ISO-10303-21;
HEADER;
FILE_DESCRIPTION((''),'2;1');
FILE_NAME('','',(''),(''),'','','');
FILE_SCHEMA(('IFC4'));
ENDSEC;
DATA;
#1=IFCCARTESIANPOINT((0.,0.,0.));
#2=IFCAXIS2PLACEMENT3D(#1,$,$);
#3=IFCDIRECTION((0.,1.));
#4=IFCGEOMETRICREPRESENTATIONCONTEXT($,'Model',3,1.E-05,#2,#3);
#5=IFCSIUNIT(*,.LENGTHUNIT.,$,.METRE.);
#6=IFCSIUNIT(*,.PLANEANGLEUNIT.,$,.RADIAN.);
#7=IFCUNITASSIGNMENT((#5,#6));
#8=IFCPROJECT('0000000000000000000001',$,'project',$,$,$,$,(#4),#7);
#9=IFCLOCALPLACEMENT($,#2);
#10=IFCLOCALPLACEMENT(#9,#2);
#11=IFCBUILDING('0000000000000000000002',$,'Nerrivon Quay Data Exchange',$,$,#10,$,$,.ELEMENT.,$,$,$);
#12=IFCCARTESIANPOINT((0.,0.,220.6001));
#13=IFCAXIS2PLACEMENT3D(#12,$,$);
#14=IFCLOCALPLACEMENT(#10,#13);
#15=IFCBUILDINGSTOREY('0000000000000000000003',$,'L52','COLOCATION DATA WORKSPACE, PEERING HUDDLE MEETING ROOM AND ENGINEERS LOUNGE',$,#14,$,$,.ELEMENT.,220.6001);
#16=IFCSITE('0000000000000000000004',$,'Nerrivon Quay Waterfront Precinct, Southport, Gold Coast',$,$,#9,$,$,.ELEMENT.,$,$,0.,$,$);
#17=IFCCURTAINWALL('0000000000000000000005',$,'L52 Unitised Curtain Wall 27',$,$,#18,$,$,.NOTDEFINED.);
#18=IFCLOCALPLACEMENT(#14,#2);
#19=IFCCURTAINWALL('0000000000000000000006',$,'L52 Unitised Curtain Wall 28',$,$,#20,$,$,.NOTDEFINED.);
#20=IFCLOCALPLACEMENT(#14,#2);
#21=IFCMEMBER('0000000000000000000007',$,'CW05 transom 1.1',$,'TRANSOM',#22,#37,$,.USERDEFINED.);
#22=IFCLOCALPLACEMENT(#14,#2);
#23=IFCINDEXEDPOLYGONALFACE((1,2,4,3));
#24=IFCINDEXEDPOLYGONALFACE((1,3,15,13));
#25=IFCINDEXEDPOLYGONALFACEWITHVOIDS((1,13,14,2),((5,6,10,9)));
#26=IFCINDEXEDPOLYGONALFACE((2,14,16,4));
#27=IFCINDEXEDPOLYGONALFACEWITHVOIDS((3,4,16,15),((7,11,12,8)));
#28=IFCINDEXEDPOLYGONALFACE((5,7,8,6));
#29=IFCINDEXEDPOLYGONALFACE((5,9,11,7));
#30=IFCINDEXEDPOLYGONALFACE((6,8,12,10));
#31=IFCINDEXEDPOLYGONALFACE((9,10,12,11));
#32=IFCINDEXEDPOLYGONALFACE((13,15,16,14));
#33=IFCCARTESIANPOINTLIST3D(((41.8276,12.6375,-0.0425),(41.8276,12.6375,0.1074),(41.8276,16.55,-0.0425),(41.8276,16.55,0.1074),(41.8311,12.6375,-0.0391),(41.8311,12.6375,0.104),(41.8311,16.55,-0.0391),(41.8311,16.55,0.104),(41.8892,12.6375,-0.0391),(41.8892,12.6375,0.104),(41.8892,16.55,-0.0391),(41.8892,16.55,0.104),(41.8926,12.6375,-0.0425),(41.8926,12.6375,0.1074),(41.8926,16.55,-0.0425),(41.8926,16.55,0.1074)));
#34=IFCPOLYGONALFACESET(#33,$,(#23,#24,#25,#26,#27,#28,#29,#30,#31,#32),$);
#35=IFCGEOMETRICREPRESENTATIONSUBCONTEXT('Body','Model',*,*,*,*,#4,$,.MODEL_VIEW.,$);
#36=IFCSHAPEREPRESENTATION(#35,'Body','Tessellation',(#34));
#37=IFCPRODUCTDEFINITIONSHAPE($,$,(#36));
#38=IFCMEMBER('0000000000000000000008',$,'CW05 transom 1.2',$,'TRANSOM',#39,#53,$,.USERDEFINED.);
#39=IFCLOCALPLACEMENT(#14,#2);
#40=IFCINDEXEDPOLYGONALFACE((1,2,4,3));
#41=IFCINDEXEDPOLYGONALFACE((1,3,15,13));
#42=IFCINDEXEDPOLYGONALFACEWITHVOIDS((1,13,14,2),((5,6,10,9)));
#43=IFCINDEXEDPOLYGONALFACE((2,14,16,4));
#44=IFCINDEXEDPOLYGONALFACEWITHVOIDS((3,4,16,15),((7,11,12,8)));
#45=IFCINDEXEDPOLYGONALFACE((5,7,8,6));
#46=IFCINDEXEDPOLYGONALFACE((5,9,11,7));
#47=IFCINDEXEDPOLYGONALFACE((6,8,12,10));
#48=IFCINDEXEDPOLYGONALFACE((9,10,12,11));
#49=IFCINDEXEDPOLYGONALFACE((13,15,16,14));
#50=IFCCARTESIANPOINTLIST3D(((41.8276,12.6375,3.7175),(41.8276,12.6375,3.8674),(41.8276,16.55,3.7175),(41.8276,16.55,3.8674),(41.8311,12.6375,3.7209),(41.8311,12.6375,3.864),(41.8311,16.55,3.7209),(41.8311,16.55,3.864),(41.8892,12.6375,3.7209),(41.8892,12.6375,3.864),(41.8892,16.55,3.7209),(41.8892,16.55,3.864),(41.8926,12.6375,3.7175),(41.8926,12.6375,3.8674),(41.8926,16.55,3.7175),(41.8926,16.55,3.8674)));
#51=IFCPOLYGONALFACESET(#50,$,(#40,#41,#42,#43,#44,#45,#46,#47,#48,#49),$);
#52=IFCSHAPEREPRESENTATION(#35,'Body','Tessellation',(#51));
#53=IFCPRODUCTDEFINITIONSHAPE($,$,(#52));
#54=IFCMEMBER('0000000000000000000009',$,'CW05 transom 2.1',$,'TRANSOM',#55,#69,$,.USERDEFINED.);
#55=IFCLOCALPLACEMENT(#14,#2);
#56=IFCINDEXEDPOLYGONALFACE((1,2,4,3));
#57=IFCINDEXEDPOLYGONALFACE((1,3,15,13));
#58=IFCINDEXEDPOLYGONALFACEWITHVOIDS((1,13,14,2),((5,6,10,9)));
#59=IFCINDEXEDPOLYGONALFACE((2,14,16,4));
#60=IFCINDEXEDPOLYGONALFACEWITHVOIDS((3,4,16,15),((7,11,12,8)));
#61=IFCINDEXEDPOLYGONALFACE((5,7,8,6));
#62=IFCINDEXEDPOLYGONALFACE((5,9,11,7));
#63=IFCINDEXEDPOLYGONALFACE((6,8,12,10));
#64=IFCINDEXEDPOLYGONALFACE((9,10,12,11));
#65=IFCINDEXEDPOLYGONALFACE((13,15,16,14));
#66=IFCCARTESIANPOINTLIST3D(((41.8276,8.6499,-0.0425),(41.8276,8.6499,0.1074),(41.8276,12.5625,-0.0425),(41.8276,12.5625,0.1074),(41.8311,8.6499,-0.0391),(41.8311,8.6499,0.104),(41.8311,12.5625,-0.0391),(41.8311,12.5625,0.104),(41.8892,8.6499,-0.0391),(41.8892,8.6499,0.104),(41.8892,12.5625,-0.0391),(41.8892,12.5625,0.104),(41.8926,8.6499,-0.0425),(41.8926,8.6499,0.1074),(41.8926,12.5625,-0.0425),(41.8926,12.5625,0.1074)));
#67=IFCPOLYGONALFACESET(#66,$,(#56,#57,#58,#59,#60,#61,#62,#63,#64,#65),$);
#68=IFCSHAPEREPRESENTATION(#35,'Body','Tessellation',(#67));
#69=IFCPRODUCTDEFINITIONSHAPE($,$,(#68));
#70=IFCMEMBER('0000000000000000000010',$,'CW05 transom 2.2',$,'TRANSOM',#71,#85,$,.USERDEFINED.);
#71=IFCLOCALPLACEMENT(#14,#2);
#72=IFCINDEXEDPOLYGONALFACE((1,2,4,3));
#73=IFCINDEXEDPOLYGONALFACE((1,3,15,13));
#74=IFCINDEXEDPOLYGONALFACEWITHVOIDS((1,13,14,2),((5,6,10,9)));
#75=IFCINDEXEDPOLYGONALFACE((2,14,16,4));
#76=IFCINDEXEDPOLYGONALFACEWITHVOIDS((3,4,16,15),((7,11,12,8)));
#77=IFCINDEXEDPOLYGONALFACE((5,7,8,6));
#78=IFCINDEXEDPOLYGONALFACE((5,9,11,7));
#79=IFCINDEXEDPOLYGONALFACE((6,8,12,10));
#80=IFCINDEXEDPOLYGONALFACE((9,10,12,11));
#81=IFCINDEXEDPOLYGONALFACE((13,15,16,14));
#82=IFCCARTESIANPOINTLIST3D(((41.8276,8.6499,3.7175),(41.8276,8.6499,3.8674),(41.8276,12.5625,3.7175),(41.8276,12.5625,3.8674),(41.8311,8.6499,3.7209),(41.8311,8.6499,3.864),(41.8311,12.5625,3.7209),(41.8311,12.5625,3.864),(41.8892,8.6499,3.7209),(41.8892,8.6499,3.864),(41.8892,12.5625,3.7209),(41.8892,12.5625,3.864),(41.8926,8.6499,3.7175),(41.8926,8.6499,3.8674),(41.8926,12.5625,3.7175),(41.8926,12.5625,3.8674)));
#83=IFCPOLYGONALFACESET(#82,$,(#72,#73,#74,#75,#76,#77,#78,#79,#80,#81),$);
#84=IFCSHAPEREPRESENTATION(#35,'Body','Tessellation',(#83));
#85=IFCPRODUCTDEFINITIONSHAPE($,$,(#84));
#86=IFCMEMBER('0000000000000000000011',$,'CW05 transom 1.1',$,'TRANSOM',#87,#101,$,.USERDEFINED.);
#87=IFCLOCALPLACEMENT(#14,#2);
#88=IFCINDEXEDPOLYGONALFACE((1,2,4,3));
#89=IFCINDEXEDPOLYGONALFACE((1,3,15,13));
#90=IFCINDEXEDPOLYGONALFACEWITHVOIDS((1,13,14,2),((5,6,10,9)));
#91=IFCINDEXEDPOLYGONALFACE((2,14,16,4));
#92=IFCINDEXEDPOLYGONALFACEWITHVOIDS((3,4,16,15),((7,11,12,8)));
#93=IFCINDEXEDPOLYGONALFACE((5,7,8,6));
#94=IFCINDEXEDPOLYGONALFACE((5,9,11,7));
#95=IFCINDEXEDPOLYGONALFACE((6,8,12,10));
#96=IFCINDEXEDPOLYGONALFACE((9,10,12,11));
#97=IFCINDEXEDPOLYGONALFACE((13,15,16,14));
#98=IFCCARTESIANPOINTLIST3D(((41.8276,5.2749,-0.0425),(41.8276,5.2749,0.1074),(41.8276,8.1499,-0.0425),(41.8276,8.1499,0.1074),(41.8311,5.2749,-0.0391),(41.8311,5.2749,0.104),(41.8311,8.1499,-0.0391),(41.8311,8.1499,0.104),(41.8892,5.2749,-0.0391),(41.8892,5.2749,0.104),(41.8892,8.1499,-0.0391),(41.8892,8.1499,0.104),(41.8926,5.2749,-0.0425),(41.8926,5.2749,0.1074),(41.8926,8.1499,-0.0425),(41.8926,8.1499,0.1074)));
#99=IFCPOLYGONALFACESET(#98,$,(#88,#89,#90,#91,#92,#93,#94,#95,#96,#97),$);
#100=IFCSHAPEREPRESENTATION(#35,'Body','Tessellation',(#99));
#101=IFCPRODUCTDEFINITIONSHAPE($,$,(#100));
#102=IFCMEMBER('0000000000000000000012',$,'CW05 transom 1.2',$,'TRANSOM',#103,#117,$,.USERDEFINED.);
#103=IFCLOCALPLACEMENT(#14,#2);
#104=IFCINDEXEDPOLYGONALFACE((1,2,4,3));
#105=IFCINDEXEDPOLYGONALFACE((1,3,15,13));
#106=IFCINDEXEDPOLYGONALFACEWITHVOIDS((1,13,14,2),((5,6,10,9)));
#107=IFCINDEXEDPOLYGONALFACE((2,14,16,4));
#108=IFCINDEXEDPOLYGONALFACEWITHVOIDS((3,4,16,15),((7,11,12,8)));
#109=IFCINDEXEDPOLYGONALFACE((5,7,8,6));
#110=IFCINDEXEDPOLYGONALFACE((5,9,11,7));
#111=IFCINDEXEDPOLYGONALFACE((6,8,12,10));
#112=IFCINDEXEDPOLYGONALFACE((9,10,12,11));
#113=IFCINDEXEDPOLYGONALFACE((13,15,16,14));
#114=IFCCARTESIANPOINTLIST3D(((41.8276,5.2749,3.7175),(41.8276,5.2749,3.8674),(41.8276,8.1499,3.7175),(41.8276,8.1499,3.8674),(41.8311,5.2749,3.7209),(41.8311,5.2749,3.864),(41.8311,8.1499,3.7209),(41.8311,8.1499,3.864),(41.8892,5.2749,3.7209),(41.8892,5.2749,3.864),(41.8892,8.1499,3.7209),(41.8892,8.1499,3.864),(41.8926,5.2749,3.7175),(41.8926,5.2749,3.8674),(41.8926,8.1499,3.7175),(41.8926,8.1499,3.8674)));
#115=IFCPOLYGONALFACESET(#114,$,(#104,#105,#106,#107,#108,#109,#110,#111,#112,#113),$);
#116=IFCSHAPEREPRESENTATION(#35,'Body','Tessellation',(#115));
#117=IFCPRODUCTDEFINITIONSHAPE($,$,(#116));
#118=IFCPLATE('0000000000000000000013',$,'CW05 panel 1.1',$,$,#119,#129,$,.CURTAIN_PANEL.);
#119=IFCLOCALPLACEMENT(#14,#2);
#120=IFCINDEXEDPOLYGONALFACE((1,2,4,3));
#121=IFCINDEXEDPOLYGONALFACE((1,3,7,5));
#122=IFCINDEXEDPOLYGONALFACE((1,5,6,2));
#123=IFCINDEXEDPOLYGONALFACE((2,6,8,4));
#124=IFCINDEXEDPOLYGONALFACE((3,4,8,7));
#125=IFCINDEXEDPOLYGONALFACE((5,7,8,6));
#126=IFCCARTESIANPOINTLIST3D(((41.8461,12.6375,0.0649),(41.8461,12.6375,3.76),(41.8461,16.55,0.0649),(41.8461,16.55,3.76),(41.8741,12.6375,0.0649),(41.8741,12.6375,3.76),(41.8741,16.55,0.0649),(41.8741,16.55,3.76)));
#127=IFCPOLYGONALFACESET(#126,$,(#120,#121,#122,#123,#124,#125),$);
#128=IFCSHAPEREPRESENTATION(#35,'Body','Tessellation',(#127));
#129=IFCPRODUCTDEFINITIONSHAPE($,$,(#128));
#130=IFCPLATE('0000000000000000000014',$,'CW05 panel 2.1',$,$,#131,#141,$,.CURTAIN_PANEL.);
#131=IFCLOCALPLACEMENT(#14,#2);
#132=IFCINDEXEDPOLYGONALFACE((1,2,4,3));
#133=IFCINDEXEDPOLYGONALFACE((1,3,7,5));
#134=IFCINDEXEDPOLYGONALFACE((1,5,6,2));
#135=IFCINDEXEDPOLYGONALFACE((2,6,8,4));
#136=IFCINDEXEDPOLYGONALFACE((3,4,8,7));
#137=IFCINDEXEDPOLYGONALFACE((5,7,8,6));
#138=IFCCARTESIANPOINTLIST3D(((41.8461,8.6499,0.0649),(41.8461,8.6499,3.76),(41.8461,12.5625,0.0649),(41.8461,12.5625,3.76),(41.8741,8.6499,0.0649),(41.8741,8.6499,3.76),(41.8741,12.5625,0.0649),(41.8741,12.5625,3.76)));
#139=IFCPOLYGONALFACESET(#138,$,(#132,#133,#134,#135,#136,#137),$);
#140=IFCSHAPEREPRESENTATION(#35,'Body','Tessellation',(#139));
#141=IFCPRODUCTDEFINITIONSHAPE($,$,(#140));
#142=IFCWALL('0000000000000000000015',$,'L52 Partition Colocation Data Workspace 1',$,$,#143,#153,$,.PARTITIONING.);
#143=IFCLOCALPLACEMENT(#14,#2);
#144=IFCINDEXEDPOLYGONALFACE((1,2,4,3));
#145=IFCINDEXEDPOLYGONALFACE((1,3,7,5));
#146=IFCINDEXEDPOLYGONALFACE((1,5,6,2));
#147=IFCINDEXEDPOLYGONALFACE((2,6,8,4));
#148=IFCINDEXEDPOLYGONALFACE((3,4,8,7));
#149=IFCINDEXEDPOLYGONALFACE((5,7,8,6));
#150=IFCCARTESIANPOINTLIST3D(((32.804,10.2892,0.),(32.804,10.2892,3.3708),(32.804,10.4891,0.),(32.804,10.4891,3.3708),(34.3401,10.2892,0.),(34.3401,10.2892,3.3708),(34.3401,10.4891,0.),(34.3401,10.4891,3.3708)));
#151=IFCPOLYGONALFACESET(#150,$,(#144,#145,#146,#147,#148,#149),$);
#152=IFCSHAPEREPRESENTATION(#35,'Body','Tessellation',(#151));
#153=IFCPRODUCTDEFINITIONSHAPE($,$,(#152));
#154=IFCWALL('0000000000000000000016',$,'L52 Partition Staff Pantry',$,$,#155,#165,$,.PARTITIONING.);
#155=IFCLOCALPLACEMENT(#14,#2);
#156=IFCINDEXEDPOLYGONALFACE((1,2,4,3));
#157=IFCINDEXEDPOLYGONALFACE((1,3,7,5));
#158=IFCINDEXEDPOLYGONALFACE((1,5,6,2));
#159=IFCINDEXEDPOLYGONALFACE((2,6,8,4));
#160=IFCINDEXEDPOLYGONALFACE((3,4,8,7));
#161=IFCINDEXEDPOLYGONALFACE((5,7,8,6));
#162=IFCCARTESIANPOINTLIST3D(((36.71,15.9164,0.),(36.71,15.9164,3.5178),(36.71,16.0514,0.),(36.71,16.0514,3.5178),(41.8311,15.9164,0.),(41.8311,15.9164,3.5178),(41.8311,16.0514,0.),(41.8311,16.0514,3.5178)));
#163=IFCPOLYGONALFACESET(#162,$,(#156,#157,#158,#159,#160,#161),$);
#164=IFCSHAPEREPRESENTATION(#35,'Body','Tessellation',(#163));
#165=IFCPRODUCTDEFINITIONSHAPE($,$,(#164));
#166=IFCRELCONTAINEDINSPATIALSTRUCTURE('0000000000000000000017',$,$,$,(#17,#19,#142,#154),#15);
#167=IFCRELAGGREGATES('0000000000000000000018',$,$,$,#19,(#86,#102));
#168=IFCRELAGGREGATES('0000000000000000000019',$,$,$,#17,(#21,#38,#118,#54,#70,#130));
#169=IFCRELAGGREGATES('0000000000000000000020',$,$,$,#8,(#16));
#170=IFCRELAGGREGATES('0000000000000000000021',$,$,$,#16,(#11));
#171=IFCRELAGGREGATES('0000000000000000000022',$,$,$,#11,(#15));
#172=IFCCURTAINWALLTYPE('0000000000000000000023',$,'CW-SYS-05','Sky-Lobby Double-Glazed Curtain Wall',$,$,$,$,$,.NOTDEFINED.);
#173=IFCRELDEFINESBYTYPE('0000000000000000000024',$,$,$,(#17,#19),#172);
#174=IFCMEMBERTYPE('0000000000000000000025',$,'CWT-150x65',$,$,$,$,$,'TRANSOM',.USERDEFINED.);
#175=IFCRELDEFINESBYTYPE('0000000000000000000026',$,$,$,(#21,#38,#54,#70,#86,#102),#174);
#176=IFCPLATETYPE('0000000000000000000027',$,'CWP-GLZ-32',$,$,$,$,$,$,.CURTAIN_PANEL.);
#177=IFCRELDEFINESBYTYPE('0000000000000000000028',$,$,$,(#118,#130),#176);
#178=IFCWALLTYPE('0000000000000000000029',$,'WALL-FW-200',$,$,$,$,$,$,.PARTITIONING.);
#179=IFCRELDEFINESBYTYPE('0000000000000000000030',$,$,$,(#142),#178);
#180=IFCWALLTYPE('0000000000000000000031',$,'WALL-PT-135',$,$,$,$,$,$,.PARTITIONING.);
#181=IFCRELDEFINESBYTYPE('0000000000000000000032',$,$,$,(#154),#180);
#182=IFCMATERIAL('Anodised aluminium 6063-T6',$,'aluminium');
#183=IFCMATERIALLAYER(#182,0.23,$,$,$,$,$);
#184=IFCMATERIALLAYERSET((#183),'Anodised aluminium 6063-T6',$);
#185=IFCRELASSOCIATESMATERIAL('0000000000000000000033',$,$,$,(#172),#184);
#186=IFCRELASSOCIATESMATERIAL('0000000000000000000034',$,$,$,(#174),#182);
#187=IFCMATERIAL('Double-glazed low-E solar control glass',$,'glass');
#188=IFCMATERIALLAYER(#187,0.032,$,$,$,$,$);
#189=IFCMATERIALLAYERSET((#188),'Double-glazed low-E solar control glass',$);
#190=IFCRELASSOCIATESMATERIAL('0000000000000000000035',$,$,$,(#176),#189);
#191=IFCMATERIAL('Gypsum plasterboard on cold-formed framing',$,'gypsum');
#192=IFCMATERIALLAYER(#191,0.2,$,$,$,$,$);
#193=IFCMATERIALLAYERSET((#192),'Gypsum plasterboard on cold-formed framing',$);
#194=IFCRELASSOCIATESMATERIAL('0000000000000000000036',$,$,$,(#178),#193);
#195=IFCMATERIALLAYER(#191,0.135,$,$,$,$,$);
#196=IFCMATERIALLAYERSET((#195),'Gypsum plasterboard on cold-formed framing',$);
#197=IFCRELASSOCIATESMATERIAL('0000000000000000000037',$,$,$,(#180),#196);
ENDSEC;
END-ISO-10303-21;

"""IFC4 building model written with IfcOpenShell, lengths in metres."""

from ifc_helpers import new_model, si_unit, direction, frame, frame_2d, origin, origin_2d, place, context, subcontext, project, spatial, rectangle, hollow_rectangle, extrude, material, layer, layer_set, material_profile, profile_set, type_object, element, aggregate, save


model = new_model("IFC4")

# Units and contexts
model_context = context("Model", 3, precision=1e-05, world=origin(), true_north=direction((0.0, 1.0)))
body_context = subcontext(model_context, "Body", "Model", "MODEL_VIEW")
ifc_project = project(units=[si_unit("LENGTHUNIT", "METRE"), si_unit("PLANEANGLEUNIT", "RADIAN")], contexts=[model_context])

# Site, building, storey
site_placement = place(None, origin())
site = spatial("IfcSite", under=ifc_project, at=site_placement, Name="Nerrivon Quay Waterfront Precinct, Southport, Gold Coast", CompositionType="ELEMENT", RefElevation=0.0)
building_placement = place(site_placement, origin())
building = spatial("IfcBuilding", under=site, at=building_placement, Name="Nerrivon Quay Data Exchange", CompositionType="ELEMENT")
storey_placement = place(building_placement, frame((0.0, 0.0, 220.6001)))
storey = spatial("IfcBuildingStorey", under=building, at=storey_placement, Name="L52", Description="COLOCATION DATA WORKSPACE, PEERING HUDDLE MEETING ROOM AND ENGINEERS LOUNGE", CompositionType="ELEMENT", Elevation=220.6001)

# Curtain wall
ifc_material_1 = material(Name="Anodised aluminium 6063-T6", Category="aluminium")
ifc_layer_1 = layer(ifc_material_1, 0.23)
ifc_layer_set_1 = layer_set([ifc_layer_1], Name="Anodised aluminium 6063-T6")
curtain_wall_type = type_object("IfcCurtainWallType", Name="CW-SYS-05", Description="Sky-Lobby Double-Glazed Curtain Wall", PredefinedType="NOTDEFINED", material=ifc_layer_set_1)
curtain_wall_1_placement = place(storey_placement, origin())
curtain_wall_1 = element("IfcCurtainWall", 1, at=curtain_wall_1_placement, inside=storey, type_object=curtain_wall_type, Name="L52 Unitised Curtain Wall 27", PredefinedType="NOTDEFINED")

# Curtain wall
curtain_wall_2_placement = place(storey_placement, origin())
curtain_wall_2 = element("IfcCurtainWall", 2, at=curtain_wall_2_placement, inside=storey, type_object=curtain_wall_type, Name="L52 Unitised Curtain Wall 28", PredefinedType="NOTDEFINED")

# Members
ifc_material_profile_1 = material_profile(ifc_material_1, hollow_rectangle(XDim=0.0649, YDim=0.1499, WallThickness=0.0034, at=origin_2d()), Name="ALU-TRAN-150x65")
ifc_profile_set_1 = profile_set([ifc_material_profile_1], Name="Anodised aluminium 6063-T6")
member_type_1 = type_object("IfcMemberType", Name="CWT-150x65", ElementType="TRANSOM", PredefinedType="USERDEFINED", material=ifc_profile_set_1)
member_1_placement = place(storey_placement, frame((41.8601, 16.55, 0.0325), z_axis=(0.0, -1.0, 0.0), x_axis=(1.0, 0.0, 0.0)))
member_1 = element("IfcMember", 3, at=member_1_placement, type_object=member_type_1, Name="CW05 transom 1.1", ObjectType="TRANSOM", PredefinedType="USERDEFINED", context=body_context, shape_type="SweptSolid", body=[
    extrude(hollow_rectangle(XDim=0.0649, YDim=0.1499, WallThickness=0.0034, at=origin_2d()), origin(), (0.0, 0.0, 1.0), 3.9126),
])
member_2_placement = place(storey_placement, frame((41.8601, 16.55, 3.7925), z_axis=(0.0, -1.0, 0.0), x_axis=(1.0, 0.0, 0.0)))
member_2 = element("IfcMember", 4, at=member_2_placement, type_object=member_type_1, Name="CW05 transom 1.2", ObjectType="TRANSOM", PredefinedType="USERDEFINED", context=body_context, shape_type="SweptSolid", body=[
    extrude(hollow_rectangle(XDim=0.0649, YDim=0.1499, WallThickness=0.0034, at=origin_2d()), origin(), (0.0, 0.0, 1.0), 3.9126),
])
member_3_placement = place(storey_placement, frame((41.8601, 12.5625, 0.0325), z_axis=(0.0, -1.0, 0.0), x_axis=(1.0, 0.0, 0.0)))
member_3 = element("IfcMember", 5, at=member_3_placement, type_object=member_type_1, Name="CW05 transom 2.1", ObjectType="TRANSOM", PredefinedType="USERDEFINED", context=body_context, shape_type="SweptSolid", body=[
    extrude(hollow_rectangle(XDim=0.0649, YDim=0.1499, WallThickness=0.0034, at=origin_2d()), origin(), (0.0, 0.0, 1.0), 3.9126),
])
member_4_placement = place(storey_placement, frame((41.8601, 12.5625, 3.7925), z_axis=(0.0, -1.0, 0.0), x_axis=(1.0, 0.0, 0.0)))
member_4 = element("IfcMember", 6, at=member_4_placement, type_object=member_type_1, Name="CW05 transom 2.2", ObjectType="TRANSOM", PredefinedType="USERDEFINED", context=body_context, shape_type="SweptSolid", body=[
    extrude(hollow_rectangle(XDim=0.0649, YDim=0.1499, WallThickness=0.0034, at=origin_2d()), origin(), (0.0, 0.0, 1.0), 3.9126),
])
member_5_placement = place(storey_placement, frame((41.8601, 8.1499, 0.0325), z_axis=(0.0, -1.0, 0.0), x_axis=(1.0, 0.0, 0.0)))
member_5 = element("IfcMember", 7, at=member_5_placement, type_object=member_type_1, Name="CW05 transom 1.1", ObjectType="TRANSOM", PredefinedType="USERDEFINED", context=body_context, shape_type="SweptSolid", body=[
    extrude(hollow_rectangle(XDim=0.0649, YDim=0.1499, WallThickness=0.0034, at=origin_2d()), origin(), (0.0, 0.0, 1.0), 2.875),
])
member_6_placement = place(storey_placement, frame((41.8601, 8.1499, 3.7925), z_axis=(0.0, -1.0, 0.0), x_axis=(1.0, 0.0, 0.0)))
member_6 = element("IfcMember", 8, at=member_6_placement, type_object=member_type_1, Name="CW05 transom 1.2", ObjectType="TRANSOM", PredefinedType="USERDEFINED", context=body_context, shape_type="SweptSolid", body=[
    extrude(hollow_rectangle(XDim=0.0649, YDim=0.1499, WallThickness=0.0034, at=origin_2d()), origin(), (0.0, 0.0, 1.0), 2.875),
])
aggregate(curtain_wall_2, [member_5, member_6])

# Plates
ifc_material_2 = material(Name="Double-glazed low-E solar control glass", Category="glass")
ifc_layer_2 = layer(ifc_material_2, 0.032)
ifc_layer_set_2 = layer_set([ifc_layer_2], Name="Double-glazed low-E solar control glass")
plate_type = type_object("IfcPlateType", Name="CWP-GLZ-32", PredefinedType="CURTAIN_PANEL", material=ifc_layer_set_2)
plate_1_placement = place(storey_placement, frame((41.8601, 14.5938, 0.0649), z_axis=(0.0, 0.0, 1.0), x_axis=(0.0, -1.0, 0.0)))
plate_1 = element("IfcPlate", 9, at=plate_1_placement, type_object=plate_type, Name="CW05 panel 1.1", PredefinedType="CURTAIN_PANEL", context=body_context, shape_type="SweptSolid", body=[
    extrude(rectangle(XDim=3.9126, YDim=0.0281, at=origin_2d()), origin(), (0.0, 0.0, 1.0), 3.6951),
])
plate_2_placement = place(storey_placement, frame((41.8601, 10.6062, 0.0649), z_axis=(0.0, 0.0, 1.0), x_axis=(0.0, -1.0, 0.0)))
plate_2 = element("IfcPlate", 10, at=plate_2_placement, type_object=plate_type, Name="CW05 panel 2.1", PredefinedType="CURTAIN_PANEL", context=body_context, shape_type="SweptSolid", body=[
    extrude(rectangle(XDim=3.9126, YDim=0.0281, at=origin_2d()), origin(), (0.0, 0.0, 1.0), 3.6951),
])
aggregate(curtain_wall_1, [member_1, member_2, plate_1, member_3, member_4, plate_2])

# Wall
ifc_material_3 = material(Name="Gypsum plasterboard on cold-formed framing", Category="gypsum")
ifc_layer_3 = layer(ifc_material_3, 0.2)
ifc_layer_set_3 = layer_set([ifc_layer_3], Name="Gypsum plasterboard on cold-formed framing")
wall_type_1 = type_object("IfcWallType", Name="WALL-FW-200", PredefinedType="PARTITIONING", material=ifc_layer_set_3)
wall_1_placement = place(storey_placement, frame((34.3401, 10.3892, 0.0), z_axis=(0.0, 0.0, 1.0), x_axis=(-1.0, 0.0, 0.0)))
element("IfcWall", 11, at=wall_1_placement, inside=storey, type_object=wall_type_1, Name="L52 Partition Colocation Data Workspace 1", PredefinedType="PARTITIONING", context=body_context, shape_type="SweptSolid", body=[
    extrude(rectangle(XDim=1.5361, YDim=0.2, at=frame_2d((0.7681, 0.0))), origin(), (0.0, 0.0, 1.0), 3.3708),
])

# Wall
ifc_layer_4 = layer(ifc_material_3, 0.135)
ifc_layer_set_4 = layer_set([ifc_layer_4], Name="Gypsum plasterboard on cold-formed framing")
wall_type_2 = type_object("IfcWallType", Name="WALL-PT-135", PredefinedType="PARTITIONING", material=ifc_layer_set_4)
wall_2_placement = place(storey_placement, frame((41.8311, 15.9839, 0.0), z_axis=(0.0, 0.0, 1.0), x_axis=(-1.0, 0.0, 0.0)))
element("IfcWall", 12, at=wall_2_placement, inside=storey, type_object=wall_type_2, Name="L52 Partition Staff Pantry", PredefinedType="PARTITIONING", context=body_context, shape_type="SweptSolid", body=[
    extrude(rectangle(XDim=5.1211, YDim=0.135, at=frame_2d((2.5605, 0.0))), origin(), (0.0, 0.0, 1.0), 3.5178),
])

save(model, "model.ifc")
